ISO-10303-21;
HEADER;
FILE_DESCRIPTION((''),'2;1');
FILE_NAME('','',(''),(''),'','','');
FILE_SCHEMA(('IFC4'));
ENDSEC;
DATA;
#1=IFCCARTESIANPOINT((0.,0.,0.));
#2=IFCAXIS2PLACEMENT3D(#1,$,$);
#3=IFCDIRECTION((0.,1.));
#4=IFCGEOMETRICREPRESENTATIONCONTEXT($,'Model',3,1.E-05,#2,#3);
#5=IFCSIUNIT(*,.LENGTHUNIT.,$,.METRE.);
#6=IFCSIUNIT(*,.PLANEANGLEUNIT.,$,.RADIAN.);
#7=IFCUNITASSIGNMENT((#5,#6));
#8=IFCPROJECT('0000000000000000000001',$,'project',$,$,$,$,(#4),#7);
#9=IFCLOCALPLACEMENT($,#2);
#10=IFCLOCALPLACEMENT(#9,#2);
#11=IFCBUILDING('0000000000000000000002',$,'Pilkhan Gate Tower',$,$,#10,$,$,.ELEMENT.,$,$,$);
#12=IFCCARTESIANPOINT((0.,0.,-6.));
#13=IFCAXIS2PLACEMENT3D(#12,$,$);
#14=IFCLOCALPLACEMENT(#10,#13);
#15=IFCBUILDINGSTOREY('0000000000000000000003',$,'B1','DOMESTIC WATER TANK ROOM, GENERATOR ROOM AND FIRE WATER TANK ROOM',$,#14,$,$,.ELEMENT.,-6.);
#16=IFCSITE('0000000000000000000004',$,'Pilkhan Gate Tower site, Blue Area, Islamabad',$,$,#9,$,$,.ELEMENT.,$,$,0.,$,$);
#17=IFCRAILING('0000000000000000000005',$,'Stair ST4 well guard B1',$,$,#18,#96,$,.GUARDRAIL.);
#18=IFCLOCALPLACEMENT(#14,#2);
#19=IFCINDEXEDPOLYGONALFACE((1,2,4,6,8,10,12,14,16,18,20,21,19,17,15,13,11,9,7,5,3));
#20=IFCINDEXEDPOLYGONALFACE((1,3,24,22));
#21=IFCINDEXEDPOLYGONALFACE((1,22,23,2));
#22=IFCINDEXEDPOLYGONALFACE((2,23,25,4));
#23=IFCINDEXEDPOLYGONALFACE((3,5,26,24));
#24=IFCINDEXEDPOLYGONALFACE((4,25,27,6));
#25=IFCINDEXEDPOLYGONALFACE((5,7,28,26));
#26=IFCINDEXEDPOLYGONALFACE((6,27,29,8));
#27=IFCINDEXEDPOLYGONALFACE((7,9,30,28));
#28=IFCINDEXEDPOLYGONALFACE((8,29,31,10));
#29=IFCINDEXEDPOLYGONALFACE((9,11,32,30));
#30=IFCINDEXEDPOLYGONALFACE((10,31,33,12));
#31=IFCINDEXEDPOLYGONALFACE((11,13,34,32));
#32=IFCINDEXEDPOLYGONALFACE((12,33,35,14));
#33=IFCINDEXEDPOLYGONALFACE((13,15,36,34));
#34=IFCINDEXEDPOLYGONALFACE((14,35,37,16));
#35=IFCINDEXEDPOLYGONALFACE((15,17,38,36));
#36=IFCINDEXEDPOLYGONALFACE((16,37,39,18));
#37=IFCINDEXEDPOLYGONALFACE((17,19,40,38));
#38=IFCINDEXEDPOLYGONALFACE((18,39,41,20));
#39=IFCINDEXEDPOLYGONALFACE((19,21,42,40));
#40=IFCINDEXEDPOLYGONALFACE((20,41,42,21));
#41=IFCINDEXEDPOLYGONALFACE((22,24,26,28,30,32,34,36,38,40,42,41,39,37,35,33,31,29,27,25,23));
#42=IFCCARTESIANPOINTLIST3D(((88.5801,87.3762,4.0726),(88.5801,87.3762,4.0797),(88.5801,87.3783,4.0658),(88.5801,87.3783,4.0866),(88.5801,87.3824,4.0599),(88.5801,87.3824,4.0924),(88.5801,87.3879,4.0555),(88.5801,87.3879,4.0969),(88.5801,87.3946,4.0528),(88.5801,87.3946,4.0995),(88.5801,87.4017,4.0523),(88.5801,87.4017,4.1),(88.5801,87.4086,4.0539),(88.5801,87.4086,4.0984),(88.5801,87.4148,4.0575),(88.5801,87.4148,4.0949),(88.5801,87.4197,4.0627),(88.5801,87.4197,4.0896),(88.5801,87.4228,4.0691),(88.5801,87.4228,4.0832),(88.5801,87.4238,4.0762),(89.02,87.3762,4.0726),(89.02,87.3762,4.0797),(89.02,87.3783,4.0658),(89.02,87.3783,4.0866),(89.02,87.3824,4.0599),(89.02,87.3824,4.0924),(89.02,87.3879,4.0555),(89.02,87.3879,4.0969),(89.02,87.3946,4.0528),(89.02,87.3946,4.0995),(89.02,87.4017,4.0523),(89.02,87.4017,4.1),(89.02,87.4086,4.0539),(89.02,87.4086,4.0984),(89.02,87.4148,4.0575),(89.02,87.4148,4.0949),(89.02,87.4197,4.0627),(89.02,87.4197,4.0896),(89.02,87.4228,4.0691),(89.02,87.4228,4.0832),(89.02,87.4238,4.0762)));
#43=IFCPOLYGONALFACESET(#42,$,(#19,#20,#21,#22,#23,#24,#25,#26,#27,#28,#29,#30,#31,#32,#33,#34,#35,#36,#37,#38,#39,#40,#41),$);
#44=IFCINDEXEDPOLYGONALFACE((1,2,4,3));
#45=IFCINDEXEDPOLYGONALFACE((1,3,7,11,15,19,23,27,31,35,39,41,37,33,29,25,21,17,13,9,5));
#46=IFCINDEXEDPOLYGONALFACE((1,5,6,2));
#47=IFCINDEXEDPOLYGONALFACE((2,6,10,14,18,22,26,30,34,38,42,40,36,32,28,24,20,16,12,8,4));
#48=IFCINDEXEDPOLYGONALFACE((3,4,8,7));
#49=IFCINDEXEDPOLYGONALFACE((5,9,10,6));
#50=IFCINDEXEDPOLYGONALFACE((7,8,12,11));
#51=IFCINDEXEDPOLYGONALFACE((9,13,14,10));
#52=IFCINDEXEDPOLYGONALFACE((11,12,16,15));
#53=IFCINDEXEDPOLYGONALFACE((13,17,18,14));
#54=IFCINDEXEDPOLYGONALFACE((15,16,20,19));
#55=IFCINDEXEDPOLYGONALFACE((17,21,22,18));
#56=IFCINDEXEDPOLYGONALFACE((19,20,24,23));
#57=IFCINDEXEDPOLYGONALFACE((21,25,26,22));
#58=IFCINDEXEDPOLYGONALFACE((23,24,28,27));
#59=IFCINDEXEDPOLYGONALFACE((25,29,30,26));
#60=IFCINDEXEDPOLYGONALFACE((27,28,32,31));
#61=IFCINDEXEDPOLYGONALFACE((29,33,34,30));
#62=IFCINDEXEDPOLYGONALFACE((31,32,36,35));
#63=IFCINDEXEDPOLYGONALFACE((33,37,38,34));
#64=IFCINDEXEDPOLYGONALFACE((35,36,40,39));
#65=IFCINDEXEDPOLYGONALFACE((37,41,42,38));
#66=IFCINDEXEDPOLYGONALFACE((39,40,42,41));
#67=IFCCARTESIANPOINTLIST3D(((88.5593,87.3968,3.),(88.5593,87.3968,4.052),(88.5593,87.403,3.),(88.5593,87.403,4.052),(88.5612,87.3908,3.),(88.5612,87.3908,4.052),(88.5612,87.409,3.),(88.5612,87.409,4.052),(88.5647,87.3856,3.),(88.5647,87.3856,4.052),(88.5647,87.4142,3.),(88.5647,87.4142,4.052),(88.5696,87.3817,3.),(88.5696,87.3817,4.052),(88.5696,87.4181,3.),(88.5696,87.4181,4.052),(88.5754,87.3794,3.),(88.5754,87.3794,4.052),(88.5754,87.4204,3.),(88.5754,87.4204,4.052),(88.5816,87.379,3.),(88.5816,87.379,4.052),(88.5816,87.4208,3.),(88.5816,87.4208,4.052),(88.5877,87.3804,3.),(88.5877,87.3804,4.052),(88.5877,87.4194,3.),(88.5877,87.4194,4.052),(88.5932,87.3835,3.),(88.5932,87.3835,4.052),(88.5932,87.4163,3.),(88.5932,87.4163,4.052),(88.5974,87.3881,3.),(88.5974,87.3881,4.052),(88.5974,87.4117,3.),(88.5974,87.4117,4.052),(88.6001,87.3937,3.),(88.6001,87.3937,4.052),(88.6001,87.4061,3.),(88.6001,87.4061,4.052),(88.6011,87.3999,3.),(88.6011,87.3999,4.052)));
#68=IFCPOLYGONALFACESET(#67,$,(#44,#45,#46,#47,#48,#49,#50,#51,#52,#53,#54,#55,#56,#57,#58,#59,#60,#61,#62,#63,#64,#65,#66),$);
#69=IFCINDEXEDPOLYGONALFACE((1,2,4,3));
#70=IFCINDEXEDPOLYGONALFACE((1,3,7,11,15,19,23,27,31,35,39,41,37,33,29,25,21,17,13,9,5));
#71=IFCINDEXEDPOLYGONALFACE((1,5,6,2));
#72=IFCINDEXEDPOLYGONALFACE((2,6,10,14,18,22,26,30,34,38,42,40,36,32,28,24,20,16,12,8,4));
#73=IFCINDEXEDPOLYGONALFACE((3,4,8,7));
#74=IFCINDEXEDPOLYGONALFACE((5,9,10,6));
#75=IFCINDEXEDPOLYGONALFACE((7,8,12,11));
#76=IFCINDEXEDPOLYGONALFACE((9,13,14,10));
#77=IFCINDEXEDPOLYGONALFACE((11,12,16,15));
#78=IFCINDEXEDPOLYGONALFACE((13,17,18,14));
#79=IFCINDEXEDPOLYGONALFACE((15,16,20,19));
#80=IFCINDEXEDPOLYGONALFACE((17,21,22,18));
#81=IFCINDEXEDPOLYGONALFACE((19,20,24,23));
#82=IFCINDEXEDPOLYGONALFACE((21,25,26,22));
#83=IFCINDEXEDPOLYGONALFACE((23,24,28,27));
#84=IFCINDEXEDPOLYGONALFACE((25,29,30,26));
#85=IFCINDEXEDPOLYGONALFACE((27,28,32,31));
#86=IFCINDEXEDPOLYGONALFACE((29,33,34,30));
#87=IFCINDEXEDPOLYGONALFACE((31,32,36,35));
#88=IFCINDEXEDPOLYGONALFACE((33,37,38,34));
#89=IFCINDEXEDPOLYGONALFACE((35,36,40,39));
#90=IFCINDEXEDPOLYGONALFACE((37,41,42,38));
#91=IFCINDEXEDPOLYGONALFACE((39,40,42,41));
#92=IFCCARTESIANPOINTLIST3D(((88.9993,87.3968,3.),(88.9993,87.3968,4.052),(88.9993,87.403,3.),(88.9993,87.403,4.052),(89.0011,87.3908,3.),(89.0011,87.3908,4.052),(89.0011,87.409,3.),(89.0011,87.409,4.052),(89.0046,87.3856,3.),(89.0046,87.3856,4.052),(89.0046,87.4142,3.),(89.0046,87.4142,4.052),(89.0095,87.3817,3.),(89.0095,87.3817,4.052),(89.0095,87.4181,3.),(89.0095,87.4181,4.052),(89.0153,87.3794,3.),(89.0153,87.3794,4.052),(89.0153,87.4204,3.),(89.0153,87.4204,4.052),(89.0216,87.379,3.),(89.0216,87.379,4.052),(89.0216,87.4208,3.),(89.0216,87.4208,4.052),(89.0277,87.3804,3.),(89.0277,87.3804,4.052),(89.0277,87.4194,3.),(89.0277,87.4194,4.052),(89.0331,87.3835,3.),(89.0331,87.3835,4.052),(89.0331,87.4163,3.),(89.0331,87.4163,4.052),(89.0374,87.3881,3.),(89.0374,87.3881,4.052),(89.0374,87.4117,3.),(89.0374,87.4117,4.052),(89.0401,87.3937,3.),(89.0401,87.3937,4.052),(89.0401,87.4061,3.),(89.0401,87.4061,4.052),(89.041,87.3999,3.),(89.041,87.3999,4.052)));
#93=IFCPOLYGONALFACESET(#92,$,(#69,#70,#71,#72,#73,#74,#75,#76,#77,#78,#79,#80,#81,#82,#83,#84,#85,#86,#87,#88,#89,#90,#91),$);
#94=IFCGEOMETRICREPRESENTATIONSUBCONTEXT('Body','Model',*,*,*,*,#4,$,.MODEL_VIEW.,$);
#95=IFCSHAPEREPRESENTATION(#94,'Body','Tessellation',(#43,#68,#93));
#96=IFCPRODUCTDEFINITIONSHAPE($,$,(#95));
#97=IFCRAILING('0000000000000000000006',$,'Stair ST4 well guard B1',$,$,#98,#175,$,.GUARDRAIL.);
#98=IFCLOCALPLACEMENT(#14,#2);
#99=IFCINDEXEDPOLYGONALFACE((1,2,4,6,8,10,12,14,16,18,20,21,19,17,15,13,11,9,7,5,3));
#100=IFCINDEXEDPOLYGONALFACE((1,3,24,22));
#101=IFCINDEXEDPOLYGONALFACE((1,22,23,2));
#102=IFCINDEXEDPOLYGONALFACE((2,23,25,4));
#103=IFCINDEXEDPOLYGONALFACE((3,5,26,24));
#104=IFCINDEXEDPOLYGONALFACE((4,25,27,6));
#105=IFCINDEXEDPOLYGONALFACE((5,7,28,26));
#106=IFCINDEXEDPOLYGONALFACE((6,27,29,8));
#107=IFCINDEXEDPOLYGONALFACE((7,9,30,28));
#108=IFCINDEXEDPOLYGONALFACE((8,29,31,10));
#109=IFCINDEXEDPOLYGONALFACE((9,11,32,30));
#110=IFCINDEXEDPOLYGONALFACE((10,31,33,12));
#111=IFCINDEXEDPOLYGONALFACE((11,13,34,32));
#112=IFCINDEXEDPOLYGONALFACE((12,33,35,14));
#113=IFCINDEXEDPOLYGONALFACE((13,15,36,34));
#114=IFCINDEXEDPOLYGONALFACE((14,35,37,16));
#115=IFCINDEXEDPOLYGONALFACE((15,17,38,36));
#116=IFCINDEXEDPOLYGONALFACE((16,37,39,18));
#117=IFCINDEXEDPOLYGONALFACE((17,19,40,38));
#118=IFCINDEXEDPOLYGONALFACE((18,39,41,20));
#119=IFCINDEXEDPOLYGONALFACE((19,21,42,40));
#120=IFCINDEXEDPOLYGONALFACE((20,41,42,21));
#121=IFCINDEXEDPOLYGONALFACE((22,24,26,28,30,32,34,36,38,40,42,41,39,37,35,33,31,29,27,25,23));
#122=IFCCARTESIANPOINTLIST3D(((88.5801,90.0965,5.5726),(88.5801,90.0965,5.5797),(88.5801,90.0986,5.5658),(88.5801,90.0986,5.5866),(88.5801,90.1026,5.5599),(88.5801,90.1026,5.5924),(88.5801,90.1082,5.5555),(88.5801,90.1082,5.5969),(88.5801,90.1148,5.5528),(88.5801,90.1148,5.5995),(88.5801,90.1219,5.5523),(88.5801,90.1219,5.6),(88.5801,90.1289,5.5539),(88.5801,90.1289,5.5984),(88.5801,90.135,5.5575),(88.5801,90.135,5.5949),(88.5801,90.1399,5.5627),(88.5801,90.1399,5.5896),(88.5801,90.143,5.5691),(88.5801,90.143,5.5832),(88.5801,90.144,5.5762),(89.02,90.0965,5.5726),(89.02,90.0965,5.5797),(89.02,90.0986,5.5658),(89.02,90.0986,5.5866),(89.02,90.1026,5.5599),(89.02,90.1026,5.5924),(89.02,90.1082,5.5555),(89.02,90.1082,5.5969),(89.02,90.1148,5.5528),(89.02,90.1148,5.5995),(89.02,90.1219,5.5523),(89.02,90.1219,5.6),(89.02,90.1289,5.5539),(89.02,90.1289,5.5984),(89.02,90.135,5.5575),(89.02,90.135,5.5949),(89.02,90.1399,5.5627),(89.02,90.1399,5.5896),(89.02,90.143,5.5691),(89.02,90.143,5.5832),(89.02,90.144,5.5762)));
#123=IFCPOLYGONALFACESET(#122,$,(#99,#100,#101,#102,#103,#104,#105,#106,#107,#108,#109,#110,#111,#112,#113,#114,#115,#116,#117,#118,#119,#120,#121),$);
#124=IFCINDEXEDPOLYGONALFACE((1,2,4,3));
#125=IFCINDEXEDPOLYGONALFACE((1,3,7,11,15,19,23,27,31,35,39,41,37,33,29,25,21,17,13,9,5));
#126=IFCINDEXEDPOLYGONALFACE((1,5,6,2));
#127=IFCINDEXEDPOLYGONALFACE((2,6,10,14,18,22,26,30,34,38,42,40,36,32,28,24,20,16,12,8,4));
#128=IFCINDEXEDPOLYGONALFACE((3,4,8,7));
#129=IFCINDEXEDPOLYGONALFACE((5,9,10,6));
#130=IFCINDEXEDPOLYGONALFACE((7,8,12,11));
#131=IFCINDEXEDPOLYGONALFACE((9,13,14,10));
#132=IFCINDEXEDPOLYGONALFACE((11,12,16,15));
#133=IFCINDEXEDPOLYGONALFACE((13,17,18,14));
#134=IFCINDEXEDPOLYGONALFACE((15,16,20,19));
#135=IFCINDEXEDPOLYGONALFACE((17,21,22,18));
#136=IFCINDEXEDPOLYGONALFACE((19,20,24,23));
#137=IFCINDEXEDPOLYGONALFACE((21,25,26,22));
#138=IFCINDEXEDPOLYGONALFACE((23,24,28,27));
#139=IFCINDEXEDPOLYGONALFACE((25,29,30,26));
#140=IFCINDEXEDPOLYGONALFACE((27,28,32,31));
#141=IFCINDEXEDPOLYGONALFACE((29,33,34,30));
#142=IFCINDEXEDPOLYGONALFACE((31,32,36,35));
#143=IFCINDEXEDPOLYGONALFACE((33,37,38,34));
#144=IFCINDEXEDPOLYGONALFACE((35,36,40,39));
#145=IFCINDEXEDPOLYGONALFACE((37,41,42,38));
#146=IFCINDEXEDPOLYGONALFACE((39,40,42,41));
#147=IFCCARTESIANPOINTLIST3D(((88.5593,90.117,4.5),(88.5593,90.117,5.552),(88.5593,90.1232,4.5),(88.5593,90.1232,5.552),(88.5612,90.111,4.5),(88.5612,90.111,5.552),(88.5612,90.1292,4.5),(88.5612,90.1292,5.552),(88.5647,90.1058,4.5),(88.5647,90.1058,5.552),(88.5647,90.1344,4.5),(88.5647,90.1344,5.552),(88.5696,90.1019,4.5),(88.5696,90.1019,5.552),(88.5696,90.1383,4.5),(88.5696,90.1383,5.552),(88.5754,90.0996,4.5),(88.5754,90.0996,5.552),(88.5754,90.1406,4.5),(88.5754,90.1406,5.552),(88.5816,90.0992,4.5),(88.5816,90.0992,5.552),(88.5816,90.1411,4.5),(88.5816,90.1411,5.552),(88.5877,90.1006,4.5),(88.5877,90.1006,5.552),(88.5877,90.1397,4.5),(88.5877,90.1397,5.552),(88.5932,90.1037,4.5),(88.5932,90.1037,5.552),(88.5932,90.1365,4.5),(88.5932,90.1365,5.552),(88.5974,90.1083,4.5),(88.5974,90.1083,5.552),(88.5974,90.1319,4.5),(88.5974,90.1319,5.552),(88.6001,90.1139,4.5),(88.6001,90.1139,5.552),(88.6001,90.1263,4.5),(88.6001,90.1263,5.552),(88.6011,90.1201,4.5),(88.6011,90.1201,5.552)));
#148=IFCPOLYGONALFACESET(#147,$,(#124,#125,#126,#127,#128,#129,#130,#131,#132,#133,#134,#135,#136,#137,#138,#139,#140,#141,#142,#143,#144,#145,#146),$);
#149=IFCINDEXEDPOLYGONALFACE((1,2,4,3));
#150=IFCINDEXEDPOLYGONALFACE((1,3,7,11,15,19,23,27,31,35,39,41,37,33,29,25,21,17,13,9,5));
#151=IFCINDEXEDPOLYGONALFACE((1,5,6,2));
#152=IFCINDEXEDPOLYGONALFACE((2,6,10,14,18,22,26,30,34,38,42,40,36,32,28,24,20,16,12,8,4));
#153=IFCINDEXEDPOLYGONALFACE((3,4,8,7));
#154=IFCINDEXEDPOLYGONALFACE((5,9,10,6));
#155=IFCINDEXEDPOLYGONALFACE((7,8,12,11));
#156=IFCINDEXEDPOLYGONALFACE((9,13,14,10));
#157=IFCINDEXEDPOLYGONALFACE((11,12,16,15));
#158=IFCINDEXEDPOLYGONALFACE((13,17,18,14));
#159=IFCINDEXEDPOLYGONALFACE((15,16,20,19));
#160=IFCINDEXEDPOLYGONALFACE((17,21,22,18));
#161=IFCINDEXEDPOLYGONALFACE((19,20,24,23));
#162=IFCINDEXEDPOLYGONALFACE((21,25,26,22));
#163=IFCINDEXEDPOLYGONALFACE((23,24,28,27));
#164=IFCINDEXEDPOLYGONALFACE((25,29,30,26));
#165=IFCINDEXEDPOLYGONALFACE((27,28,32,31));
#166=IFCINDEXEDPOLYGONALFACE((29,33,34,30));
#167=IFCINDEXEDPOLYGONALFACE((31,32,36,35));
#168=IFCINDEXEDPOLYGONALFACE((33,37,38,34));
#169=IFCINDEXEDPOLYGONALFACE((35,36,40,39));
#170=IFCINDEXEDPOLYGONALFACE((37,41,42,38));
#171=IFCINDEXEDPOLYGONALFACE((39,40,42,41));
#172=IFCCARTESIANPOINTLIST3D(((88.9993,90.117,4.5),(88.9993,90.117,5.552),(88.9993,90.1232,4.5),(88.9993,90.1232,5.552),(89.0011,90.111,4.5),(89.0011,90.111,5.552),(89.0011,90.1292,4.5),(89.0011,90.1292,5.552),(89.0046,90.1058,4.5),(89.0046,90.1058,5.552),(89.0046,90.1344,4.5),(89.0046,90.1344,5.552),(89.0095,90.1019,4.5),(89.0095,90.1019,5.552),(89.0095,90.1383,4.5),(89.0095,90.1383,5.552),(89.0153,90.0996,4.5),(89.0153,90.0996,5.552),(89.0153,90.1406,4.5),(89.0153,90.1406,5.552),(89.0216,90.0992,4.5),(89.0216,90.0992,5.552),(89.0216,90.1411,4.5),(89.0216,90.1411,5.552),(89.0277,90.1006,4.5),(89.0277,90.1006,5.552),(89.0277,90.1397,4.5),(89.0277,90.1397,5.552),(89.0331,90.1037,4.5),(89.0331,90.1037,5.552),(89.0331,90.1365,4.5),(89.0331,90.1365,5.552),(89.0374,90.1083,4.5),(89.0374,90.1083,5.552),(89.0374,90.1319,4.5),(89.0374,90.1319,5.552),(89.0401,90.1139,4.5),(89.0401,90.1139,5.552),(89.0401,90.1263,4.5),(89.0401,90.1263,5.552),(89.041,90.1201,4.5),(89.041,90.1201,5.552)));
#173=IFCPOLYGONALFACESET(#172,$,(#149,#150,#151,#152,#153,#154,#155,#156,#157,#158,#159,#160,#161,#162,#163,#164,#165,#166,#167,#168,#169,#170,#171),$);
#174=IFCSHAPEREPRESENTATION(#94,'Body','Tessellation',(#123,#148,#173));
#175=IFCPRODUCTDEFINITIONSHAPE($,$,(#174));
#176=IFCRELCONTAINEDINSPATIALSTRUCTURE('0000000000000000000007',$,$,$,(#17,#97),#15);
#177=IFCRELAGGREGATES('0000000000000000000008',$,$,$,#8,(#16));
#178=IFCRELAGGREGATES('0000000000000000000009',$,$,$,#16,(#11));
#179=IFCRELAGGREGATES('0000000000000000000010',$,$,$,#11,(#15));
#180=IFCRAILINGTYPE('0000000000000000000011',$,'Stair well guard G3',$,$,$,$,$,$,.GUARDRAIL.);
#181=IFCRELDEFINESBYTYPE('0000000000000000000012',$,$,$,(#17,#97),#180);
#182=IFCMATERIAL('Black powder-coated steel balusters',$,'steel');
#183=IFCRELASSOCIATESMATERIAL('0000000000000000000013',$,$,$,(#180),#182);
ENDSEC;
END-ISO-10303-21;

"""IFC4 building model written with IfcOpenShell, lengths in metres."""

from ifc_helpers import new_model, si_unit, direction, frame, origin, origin_2d, place, context, subcontext, project, spatial, circle, extrude, material, type_object, element, save


model = new_model("IFC4")

# Units and contexts
model_context = context("Model", 3, precision=1e-05, world=origin(), true_north=direction((0.0, 1.0)))
body_context = subcontext(model_context, "Body", "Model", "MODEL_VIEW")
ifc_project = project(units=[si_unit("LENGTHUNIT", "METRE"), si_unit("PLANEANGLEUNIT", "RADIAN")], contexts=[model_context])

# Site, building, storey
site_placement = place(None, origin())
site = spatial("IfcSite", under=ifc_project, at=site_placement, Name="Pilkhan Gate Tower site, Blue Area, Islamabad", CompositionType="ELEMENT", RefElevation=0.0)
building_placement = place(site_placement, origin())
building = spatial("IfcBuilding", under=site, at=building_placement, Name="Pilkhan Gate Tower", CompositionType="ELEMENT")
storey_placement = place(building_placement, frame((0.0, 0.0, -6.0)))
storey = spatial("IfcBuildingStorey", under=building, at=storey_placement, Name="B1", Description="DOMESTIC WATER TANK ROOM, GENERATOR ROOM AND FIRE WATER TANK ROOM", CompositionType="ELEMENT", Elevation=-6.0)

# Railings
ifc_material_1 = material(Name="Black powder-coated steel balusters", Category="steel")
railing_type_1 = type_object("IfcRailingType", Name="Stair well guard G3", PredefinedType="GUARDRAIL", material=ifc_material_1)
for number, where, name in (
    (1, (88.5801, 87.3999, 3.0), "Stair ST4 well guard B1"),
    (2, (88.5801, 90.1201, 4.5), "Stair ST4 well guard B1"),
):
    element("IfcRailing", number, at=place(storey_placement, frame(where)), inside=storey, type_object=railing_type_1, Name=name, PredefinedType="GUARDRAIL", context=body_context, shape_type="SweptSolid", body=[
        extrude(circle(Radius=0.0239, at=origin_2d()), frame((0.0, 0.0, 1.0762), z_axis=(1.0, 0.0, 0.0), x_axis=(0.0, 1.0, 0.0)), (0.0, 0.0, 1.0), 0.4399),
        extrude(circle(Radius=0.021, at=origin_2d()), origin(), (0.0, 0.0, 1.0), 1.052),
        extrude(circle(Radius=0.021, at=origin_2d()), frame((0.4399, 0.0, 0.0)), (0.0, 0.0, 1.0), 1.052),
    ])

save(model, "model.ifc")
